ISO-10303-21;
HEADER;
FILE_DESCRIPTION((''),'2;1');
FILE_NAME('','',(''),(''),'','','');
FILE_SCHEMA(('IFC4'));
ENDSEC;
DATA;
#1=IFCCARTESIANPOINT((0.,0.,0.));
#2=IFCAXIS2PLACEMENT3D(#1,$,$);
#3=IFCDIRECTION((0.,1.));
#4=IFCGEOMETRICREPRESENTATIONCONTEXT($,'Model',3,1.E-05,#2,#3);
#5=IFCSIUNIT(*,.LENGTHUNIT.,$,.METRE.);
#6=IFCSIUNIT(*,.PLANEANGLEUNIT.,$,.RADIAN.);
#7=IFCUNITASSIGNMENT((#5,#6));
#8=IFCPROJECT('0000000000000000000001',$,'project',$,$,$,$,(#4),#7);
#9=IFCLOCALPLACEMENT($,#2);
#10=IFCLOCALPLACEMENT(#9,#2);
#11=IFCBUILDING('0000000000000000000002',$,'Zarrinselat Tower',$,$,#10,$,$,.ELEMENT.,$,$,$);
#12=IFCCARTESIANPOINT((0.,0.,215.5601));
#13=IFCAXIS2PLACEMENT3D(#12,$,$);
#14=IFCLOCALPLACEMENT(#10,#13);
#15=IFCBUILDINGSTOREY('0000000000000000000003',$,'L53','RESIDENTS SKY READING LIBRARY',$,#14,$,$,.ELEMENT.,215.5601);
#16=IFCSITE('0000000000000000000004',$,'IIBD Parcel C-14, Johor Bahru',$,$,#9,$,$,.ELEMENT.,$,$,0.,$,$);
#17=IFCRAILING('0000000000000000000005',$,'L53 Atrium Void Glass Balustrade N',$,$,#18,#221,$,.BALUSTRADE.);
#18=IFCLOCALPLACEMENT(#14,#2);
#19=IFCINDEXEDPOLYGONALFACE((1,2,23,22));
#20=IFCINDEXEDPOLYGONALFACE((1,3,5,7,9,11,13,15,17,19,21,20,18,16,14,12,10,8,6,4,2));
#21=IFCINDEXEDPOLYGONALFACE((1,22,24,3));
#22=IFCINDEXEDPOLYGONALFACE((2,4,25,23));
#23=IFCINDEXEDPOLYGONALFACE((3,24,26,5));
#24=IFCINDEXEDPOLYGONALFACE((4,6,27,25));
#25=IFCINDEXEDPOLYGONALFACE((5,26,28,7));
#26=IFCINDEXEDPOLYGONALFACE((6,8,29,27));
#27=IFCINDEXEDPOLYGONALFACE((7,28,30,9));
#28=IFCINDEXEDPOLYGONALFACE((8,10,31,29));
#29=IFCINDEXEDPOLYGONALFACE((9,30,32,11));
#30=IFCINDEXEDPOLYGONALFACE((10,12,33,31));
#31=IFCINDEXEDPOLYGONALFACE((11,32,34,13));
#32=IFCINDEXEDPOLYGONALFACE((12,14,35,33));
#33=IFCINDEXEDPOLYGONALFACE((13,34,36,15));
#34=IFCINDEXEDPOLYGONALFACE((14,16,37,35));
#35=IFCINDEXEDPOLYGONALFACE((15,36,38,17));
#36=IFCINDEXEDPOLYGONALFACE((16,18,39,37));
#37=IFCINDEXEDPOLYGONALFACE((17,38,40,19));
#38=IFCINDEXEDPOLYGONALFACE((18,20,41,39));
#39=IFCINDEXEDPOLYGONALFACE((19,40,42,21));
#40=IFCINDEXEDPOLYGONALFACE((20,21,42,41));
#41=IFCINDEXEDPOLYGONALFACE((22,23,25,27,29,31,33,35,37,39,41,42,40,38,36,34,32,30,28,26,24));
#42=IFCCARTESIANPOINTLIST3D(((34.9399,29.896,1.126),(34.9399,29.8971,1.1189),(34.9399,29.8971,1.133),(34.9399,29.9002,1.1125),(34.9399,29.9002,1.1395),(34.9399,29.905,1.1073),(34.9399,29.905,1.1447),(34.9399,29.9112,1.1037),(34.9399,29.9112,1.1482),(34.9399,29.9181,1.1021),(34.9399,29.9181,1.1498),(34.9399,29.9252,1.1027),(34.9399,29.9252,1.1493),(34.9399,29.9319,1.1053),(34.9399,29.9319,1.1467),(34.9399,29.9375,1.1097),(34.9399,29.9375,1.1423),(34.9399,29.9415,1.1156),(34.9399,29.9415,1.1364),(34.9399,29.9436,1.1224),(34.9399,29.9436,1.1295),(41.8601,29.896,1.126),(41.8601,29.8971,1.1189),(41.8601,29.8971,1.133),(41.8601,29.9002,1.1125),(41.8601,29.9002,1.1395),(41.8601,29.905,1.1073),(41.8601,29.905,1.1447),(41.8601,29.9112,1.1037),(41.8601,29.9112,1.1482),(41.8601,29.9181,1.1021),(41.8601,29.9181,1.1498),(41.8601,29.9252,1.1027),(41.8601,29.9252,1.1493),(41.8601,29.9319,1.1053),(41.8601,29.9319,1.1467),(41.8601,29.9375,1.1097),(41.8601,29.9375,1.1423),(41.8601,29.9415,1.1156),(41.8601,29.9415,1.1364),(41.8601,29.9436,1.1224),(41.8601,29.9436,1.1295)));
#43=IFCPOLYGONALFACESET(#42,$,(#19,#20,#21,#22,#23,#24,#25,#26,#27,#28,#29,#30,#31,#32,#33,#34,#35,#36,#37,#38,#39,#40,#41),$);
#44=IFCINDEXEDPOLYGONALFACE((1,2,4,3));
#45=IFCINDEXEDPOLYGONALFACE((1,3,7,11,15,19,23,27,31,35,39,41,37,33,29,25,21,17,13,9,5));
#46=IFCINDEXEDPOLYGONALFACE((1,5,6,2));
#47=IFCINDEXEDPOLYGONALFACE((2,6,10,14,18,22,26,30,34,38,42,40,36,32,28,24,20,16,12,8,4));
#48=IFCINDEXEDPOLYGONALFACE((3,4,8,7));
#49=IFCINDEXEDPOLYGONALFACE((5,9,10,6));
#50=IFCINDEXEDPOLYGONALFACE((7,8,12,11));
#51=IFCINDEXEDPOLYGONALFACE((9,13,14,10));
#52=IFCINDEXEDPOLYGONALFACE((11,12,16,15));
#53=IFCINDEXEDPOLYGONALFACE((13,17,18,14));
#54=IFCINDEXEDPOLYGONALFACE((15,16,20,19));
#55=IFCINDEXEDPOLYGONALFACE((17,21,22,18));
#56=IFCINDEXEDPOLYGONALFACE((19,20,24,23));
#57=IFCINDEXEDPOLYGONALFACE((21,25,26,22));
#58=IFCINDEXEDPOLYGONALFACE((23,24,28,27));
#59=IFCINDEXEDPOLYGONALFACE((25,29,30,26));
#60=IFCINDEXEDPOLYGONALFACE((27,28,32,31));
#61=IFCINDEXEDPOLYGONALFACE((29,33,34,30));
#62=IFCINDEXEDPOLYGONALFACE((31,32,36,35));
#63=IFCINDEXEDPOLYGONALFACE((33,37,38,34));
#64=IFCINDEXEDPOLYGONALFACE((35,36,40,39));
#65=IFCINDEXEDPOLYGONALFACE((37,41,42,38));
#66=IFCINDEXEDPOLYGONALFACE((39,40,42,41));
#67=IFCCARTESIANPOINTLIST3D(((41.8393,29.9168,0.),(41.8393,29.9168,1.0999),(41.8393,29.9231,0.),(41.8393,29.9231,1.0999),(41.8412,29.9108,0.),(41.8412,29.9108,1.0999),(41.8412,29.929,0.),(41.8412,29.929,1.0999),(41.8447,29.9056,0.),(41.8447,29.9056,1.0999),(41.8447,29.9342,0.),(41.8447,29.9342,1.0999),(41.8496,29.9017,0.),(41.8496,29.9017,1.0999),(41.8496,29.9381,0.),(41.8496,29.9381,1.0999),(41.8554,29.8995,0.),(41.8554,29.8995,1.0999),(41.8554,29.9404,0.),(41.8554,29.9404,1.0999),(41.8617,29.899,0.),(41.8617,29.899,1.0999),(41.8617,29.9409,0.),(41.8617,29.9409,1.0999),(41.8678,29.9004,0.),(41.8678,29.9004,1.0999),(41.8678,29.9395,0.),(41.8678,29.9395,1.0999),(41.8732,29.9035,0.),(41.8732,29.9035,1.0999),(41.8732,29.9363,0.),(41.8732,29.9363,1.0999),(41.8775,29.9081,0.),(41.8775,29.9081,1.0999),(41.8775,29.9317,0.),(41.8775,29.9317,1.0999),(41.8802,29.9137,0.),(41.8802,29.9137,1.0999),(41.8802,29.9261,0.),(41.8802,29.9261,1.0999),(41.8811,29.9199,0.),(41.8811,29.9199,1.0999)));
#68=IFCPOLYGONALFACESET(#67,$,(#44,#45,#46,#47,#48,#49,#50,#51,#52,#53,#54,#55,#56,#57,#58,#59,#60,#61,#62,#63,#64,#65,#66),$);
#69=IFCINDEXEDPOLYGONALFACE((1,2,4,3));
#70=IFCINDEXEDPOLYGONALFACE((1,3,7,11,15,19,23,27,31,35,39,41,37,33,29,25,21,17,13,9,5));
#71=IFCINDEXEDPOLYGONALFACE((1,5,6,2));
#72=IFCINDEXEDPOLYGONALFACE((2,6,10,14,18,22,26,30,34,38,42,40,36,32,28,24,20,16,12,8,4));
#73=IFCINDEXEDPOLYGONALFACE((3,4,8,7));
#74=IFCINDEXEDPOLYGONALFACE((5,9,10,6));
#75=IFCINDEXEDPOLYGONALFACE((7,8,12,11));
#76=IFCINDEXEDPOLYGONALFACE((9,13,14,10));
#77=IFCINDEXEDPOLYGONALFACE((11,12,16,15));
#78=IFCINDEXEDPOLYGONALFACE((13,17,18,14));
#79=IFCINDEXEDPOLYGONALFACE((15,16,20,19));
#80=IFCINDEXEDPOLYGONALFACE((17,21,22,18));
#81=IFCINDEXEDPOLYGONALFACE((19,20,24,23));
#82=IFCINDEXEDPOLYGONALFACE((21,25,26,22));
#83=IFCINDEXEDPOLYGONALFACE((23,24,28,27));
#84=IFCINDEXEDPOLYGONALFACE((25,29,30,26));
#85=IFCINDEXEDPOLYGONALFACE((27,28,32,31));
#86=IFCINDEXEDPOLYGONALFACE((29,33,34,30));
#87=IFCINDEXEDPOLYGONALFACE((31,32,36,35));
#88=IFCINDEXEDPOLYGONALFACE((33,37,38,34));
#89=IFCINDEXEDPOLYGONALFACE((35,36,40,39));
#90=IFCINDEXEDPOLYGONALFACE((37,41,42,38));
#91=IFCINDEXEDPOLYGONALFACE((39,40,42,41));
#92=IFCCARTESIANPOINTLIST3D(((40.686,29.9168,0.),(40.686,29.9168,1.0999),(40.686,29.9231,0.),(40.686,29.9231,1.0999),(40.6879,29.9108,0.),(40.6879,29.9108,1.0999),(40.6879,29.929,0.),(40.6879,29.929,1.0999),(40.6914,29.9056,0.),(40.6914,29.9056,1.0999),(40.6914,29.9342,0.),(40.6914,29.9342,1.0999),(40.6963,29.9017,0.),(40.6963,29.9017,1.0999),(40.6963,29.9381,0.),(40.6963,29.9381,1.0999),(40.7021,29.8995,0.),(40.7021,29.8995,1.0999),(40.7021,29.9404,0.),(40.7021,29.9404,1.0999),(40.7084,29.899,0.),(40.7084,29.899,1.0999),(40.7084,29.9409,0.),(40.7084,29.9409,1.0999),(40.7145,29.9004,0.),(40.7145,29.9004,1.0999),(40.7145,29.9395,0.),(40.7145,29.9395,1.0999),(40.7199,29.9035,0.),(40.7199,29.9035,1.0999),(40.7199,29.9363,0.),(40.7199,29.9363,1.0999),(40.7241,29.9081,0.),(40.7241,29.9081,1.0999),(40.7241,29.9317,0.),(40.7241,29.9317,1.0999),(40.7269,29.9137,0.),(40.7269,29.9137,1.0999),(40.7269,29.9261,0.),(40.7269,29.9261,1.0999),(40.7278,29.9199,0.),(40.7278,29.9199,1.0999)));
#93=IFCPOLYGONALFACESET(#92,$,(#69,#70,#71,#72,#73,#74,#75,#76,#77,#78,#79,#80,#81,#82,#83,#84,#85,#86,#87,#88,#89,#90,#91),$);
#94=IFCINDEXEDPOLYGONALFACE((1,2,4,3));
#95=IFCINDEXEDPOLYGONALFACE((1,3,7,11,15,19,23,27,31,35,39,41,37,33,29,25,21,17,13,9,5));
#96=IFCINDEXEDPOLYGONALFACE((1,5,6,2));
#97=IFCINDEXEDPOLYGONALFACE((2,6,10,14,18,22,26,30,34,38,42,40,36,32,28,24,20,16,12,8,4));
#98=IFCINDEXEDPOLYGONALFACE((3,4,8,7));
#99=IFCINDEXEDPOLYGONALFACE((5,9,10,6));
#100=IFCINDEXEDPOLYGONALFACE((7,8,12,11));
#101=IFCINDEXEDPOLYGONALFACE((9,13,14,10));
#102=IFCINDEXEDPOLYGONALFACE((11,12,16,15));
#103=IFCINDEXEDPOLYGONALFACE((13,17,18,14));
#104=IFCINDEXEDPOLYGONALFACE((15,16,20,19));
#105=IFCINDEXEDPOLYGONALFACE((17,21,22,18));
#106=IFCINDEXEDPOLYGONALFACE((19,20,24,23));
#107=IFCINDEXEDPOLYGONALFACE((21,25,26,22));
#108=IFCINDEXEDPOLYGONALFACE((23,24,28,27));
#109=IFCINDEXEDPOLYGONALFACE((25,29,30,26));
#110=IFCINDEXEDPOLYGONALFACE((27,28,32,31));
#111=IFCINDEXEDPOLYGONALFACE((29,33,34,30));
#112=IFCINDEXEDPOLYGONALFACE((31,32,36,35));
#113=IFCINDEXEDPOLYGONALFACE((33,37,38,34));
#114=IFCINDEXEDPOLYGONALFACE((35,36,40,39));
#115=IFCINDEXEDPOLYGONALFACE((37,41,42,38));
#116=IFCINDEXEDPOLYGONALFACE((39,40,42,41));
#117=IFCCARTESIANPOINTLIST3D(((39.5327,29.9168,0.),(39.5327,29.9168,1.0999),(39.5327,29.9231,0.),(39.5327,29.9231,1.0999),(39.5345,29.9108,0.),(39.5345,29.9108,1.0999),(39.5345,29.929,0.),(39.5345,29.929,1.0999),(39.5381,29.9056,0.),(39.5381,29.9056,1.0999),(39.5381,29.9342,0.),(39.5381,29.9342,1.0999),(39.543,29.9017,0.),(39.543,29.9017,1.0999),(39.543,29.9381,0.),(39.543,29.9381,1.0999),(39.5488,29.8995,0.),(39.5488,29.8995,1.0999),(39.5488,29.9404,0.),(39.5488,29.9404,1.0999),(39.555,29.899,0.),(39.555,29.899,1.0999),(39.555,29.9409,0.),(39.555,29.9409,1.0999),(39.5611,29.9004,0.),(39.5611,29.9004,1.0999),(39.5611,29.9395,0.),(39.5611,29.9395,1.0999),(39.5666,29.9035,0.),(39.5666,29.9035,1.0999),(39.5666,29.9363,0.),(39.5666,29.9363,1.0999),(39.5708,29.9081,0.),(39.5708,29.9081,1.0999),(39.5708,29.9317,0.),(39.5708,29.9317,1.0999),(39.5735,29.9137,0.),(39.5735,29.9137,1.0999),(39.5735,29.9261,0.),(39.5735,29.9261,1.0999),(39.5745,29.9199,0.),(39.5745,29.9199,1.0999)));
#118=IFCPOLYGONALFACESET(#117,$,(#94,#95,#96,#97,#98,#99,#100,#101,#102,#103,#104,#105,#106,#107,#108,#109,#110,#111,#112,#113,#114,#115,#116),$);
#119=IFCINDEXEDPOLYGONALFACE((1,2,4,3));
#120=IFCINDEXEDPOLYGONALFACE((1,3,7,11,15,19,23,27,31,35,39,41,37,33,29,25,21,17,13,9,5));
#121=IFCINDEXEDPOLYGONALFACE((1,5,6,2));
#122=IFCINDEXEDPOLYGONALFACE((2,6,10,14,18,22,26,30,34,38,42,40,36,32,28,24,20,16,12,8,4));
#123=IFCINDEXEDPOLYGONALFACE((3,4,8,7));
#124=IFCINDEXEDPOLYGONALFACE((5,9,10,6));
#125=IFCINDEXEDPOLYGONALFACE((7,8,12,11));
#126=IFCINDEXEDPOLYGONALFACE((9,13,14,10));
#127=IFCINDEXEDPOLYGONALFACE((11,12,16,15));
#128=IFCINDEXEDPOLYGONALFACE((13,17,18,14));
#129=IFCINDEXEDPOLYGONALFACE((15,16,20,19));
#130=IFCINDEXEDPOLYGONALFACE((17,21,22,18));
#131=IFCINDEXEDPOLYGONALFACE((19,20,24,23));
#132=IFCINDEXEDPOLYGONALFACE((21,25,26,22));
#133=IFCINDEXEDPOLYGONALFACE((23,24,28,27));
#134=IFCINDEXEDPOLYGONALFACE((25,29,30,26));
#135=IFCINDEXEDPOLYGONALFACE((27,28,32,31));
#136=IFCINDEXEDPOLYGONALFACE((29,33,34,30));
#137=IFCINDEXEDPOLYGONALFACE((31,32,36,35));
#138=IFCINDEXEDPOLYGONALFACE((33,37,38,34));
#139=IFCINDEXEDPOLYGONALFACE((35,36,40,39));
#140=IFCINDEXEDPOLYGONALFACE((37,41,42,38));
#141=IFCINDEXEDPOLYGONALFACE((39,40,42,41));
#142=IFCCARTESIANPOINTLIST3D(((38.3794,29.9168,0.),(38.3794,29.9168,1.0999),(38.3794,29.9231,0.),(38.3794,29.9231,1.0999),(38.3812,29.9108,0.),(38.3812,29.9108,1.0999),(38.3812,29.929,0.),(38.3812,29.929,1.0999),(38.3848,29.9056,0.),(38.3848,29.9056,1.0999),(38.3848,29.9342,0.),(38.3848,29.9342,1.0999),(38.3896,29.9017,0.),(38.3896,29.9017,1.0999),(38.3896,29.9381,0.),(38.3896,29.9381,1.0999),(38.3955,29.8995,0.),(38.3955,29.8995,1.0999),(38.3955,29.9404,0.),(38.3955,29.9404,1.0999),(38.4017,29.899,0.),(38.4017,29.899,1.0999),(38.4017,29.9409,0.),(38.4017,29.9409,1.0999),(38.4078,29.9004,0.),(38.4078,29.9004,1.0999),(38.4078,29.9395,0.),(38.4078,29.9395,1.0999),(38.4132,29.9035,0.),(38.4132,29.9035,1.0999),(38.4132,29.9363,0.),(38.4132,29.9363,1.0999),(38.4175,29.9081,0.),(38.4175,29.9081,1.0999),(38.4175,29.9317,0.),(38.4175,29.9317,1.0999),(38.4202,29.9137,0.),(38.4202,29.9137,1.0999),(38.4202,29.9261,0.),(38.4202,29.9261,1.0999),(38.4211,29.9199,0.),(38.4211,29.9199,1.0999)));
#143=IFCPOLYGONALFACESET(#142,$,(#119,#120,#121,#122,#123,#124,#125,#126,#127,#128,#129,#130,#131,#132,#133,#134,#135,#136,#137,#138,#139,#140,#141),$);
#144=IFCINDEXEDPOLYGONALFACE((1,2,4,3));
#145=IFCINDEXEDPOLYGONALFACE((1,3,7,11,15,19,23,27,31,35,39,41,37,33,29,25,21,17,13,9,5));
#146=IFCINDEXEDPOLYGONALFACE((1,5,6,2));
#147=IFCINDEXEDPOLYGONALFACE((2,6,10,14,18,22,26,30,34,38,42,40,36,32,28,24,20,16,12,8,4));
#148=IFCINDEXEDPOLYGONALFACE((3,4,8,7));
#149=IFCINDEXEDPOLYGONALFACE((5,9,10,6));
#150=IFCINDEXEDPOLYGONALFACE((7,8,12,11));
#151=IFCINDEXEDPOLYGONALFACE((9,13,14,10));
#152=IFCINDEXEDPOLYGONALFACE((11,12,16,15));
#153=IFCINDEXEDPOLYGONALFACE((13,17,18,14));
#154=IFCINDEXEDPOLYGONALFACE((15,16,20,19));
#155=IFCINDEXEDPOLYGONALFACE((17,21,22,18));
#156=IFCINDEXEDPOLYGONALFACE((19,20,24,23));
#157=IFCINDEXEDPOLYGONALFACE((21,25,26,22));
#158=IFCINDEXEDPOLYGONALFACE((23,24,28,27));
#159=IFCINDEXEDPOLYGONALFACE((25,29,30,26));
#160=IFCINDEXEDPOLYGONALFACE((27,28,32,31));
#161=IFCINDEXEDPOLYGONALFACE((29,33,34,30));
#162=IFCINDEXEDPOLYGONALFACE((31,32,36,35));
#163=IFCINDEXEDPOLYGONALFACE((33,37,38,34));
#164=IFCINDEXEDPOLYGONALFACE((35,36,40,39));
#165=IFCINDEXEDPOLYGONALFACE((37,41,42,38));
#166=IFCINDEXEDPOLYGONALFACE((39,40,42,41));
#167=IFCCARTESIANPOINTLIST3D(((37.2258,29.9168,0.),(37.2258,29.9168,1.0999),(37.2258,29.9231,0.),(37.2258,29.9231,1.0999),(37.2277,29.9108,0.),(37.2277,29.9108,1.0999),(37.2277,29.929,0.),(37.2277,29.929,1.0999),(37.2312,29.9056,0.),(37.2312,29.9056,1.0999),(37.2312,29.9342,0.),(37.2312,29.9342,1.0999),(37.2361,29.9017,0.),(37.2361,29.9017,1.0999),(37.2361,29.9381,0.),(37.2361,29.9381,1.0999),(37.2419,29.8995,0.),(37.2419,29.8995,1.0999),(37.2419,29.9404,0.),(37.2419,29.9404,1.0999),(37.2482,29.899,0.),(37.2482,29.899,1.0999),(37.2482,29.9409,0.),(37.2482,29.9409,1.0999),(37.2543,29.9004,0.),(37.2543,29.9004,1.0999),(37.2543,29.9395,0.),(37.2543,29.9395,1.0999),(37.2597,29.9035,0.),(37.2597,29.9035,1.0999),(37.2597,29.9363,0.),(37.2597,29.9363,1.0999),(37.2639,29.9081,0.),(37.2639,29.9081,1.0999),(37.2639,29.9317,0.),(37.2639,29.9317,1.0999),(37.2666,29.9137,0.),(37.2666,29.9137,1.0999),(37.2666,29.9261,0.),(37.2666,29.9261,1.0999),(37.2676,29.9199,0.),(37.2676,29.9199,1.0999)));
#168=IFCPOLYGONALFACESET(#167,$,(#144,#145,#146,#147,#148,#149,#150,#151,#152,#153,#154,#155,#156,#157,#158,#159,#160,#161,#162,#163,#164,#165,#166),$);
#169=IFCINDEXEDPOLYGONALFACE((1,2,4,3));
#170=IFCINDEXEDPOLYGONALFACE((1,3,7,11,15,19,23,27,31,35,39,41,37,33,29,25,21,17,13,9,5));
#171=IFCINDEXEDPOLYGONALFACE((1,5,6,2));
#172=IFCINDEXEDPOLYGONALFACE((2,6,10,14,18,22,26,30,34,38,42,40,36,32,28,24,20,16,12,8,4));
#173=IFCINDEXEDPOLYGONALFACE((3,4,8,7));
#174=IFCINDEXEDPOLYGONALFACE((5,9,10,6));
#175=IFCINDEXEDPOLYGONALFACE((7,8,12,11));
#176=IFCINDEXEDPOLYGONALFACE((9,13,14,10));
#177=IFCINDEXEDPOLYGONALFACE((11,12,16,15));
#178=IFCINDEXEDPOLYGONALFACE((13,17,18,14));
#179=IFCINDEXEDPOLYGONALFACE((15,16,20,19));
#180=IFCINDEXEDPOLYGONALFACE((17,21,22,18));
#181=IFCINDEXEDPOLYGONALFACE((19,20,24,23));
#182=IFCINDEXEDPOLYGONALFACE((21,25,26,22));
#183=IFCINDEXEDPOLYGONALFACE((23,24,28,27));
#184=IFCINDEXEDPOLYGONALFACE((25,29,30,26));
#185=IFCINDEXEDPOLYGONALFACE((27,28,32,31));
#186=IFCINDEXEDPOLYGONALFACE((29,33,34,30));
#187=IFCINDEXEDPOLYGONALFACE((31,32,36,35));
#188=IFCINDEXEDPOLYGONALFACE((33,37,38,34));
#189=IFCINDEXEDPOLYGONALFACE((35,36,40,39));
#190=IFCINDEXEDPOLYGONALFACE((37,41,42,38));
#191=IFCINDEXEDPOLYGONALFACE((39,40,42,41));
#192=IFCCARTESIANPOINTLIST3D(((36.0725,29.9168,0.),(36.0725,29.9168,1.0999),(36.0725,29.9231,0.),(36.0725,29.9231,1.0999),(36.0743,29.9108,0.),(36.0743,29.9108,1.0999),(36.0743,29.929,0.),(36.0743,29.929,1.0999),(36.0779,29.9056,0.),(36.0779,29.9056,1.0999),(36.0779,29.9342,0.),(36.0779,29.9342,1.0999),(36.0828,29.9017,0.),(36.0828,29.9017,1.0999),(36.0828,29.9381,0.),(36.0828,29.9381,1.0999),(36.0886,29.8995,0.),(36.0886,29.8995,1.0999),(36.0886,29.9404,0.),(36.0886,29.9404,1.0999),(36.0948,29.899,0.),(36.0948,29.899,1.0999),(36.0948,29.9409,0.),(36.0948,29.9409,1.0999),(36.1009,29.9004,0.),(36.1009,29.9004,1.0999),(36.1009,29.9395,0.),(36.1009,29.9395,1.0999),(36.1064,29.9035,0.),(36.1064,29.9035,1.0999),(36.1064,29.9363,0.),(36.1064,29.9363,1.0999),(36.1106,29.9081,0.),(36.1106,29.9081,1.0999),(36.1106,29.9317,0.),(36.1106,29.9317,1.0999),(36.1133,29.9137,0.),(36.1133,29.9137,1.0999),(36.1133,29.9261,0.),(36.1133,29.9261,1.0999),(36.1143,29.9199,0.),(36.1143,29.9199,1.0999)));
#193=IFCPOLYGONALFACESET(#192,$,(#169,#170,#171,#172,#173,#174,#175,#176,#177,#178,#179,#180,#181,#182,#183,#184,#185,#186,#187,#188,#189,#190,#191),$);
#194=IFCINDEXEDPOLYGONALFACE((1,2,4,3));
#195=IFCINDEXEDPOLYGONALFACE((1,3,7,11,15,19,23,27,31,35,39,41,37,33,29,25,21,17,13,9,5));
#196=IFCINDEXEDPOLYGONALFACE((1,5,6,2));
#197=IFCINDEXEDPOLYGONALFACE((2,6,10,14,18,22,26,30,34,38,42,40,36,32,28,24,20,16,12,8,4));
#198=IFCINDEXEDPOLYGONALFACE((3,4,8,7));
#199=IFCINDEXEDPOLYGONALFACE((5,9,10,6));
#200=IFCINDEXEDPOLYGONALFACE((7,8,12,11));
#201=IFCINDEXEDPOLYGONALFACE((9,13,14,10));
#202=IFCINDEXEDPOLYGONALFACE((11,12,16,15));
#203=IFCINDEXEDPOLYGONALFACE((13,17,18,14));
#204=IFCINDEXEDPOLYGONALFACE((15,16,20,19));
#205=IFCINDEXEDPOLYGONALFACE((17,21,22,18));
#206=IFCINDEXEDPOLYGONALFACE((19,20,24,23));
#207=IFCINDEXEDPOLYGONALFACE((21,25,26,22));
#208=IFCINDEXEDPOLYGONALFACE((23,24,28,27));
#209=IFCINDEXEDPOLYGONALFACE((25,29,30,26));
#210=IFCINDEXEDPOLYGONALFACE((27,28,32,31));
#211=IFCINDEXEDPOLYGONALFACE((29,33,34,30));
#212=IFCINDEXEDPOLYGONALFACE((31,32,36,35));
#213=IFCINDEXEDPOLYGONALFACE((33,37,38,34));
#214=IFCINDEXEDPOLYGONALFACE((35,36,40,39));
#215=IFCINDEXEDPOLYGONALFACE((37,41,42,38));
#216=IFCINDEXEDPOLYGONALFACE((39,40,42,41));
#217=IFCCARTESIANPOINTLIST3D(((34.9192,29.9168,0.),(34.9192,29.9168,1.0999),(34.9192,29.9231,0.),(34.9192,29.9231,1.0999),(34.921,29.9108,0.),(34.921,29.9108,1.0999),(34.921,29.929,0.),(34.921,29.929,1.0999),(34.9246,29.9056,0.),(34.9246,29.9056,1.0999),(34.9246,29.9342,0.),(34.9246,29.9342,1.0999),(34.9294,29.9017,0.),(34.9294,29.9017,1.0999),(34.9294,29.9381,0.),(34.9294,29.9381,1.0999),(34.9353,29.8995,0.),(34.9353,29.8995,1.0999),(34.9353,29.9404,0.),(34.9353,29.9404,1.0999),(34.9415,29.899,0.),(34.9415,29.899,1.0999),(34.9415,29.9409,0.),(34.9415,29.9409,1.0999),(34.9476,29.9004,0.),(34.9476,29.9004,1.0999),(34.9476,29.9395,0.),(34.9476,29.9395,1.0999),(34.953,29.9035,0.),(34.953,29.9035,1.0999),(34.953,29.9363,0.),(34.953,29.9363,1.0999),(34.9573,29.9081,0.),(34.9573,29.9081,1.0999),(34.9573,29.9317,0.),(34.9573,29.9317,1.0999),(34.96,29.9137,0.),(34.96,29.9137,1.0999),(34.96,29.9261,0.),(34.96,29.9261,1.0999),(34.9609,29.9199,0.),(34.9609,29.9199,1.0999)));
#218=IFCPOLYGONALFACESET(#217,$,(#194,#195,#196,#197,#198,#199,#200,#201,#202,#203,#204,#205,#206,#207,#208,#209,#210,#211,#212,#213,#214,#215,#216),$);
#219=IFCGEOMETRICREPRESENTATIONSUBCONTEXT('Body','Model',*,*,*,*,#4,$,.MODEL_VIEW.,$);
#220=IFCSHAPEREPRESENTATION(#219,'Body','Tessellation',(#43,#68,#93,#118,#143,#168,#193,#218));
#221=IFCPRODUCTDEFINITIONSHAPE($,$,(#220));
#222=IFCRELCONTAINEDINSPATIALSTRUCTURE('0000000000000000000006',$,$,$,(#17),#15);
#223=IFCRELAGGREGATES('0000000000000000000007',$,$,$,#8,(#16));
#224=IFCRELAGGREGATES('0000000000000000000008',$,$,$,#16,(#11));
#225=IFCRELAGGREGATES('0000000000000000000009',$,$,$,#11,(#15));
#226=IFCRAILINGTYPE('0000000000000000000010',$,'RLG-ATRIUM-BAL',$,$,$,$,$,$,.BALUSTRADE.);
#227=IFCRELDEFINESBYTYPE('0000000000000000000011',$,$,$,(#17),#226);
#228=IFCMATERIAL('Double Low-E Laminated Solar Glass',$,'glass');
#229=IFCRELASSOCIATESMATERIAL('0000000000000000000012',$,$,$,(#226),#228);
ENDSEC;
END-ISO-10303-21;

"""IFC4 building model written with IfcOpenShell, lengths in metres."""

from ifc_helpers import new_model, si_unit, direction, frame, origin, origin_2d, place, context, subcontext, project, spatial, circle, extrude, material, type_object, element, save


model = new_model("IFC4")

# Units and contexts
model_context = context("Model", 3, precision=1e-05, world=origin(), true_north=direction((0.0, 1.0)))
body_context = subcontext(model_context, "Body", "Model", "MODEL_VIEW")
ifc_project = project(units=[si_unit("LENGTHUNIT", "METRE"), si_unit("PLANEANGLEUNIT", "RADIAN")], contexts=[model_context])

# Site, building, storey
site_placement = place(None, origin())
site = spatial("IfcSite", under=ifc_project, at=site_placement, Name="IIBD Parcel C-14, Johor Bahru", CompositionType="ELEMENT", RefElevation=0.0)
building_placement = place(site_placement, origin())
building = spatial("IfcBuilding", under=site, at=building_placement, Name="Zarrinselat Tower", CompositionType="ELEMENT")
storey_placement = place(building_placement, frame((0.0, 0.0, 215.5601)))
storey = spatial("IfcBuildingStorey", under=building, at=storey_placement, Name="L53", Description="RESIDENTS SKY READING LIBRARY", CompositionType="ELEMENT", Elevation=215.5601)

# Railing
ifc_material_1 = material(Name="Double Low-E Laminated Solar Glass", Category="glass")
railing_type_1 = type_object("IfcRailingType", Name="RLG-ATRIUM-BAL", PredefinedType="BALUSTRADE", material=ifc_material_1)
railing_1_placement = place(storey_placement, frame((41.8601, 29.9199, 0.0)))
element("IfcRailing", 1, at=railing_1_placement, inside=storey, type_object=railing_type_1, Name="L53 Atrium Void Glass Balustrade N", PredefinedType="BALUSTRADE", context=body_context, shape_type="SweptSolid", body=[
    extrude(circle(Radius=0.0239, at=origin_2d()), frame((0.0, 0.0, 1.126), z_axis=(-1.0, 0.0, 0.0), x_axis=(0.0, -1.0, 0.0)), (0.0, 0.0, 1.0), 6.9202),
    extrude(circle(Radius=0.021, at=origin_2d()), origin(), (0.0, 0.0, 1.0), 1.0999),
    extrude(circle(Radius=0.021, at=origin_2d()), frame((-1.1533, 0.0, 0.0)), (0.0, 0.0, 1.0), 1.0999),
    extrude(circle(Radius=0.021, at=origin_2d()), frame((-2.3066, 0.0, 0.0)), (0.0, 0.0, 1.0), 1.0999),
    extrude(circle(Radius=0.021, at=origin_2d()), frame((-3.46, 0.0, 0.0)), (0.0, 0.0, 1.0), 1.0999),
    extrude(circle(Radius=0.021, at=origin_2d()), frame((-4.6135, 0.0, 0.0)), (0.0, 0.0, 1.0), 1.0999),
    extrude(circle(Radius=0.021, at=origin_2d()), frame((-5.7668, 0.0, 0.0)), (0.0, 0.0, 1.0), 1.0999),
    extrude(circle(Radius=0.021, at=origin_2d()), frame((-6.9202, 0.0, 0.0)), (0.0, 0.0, 1.0), 1.0999),
])

save(model, "model.ifc")
